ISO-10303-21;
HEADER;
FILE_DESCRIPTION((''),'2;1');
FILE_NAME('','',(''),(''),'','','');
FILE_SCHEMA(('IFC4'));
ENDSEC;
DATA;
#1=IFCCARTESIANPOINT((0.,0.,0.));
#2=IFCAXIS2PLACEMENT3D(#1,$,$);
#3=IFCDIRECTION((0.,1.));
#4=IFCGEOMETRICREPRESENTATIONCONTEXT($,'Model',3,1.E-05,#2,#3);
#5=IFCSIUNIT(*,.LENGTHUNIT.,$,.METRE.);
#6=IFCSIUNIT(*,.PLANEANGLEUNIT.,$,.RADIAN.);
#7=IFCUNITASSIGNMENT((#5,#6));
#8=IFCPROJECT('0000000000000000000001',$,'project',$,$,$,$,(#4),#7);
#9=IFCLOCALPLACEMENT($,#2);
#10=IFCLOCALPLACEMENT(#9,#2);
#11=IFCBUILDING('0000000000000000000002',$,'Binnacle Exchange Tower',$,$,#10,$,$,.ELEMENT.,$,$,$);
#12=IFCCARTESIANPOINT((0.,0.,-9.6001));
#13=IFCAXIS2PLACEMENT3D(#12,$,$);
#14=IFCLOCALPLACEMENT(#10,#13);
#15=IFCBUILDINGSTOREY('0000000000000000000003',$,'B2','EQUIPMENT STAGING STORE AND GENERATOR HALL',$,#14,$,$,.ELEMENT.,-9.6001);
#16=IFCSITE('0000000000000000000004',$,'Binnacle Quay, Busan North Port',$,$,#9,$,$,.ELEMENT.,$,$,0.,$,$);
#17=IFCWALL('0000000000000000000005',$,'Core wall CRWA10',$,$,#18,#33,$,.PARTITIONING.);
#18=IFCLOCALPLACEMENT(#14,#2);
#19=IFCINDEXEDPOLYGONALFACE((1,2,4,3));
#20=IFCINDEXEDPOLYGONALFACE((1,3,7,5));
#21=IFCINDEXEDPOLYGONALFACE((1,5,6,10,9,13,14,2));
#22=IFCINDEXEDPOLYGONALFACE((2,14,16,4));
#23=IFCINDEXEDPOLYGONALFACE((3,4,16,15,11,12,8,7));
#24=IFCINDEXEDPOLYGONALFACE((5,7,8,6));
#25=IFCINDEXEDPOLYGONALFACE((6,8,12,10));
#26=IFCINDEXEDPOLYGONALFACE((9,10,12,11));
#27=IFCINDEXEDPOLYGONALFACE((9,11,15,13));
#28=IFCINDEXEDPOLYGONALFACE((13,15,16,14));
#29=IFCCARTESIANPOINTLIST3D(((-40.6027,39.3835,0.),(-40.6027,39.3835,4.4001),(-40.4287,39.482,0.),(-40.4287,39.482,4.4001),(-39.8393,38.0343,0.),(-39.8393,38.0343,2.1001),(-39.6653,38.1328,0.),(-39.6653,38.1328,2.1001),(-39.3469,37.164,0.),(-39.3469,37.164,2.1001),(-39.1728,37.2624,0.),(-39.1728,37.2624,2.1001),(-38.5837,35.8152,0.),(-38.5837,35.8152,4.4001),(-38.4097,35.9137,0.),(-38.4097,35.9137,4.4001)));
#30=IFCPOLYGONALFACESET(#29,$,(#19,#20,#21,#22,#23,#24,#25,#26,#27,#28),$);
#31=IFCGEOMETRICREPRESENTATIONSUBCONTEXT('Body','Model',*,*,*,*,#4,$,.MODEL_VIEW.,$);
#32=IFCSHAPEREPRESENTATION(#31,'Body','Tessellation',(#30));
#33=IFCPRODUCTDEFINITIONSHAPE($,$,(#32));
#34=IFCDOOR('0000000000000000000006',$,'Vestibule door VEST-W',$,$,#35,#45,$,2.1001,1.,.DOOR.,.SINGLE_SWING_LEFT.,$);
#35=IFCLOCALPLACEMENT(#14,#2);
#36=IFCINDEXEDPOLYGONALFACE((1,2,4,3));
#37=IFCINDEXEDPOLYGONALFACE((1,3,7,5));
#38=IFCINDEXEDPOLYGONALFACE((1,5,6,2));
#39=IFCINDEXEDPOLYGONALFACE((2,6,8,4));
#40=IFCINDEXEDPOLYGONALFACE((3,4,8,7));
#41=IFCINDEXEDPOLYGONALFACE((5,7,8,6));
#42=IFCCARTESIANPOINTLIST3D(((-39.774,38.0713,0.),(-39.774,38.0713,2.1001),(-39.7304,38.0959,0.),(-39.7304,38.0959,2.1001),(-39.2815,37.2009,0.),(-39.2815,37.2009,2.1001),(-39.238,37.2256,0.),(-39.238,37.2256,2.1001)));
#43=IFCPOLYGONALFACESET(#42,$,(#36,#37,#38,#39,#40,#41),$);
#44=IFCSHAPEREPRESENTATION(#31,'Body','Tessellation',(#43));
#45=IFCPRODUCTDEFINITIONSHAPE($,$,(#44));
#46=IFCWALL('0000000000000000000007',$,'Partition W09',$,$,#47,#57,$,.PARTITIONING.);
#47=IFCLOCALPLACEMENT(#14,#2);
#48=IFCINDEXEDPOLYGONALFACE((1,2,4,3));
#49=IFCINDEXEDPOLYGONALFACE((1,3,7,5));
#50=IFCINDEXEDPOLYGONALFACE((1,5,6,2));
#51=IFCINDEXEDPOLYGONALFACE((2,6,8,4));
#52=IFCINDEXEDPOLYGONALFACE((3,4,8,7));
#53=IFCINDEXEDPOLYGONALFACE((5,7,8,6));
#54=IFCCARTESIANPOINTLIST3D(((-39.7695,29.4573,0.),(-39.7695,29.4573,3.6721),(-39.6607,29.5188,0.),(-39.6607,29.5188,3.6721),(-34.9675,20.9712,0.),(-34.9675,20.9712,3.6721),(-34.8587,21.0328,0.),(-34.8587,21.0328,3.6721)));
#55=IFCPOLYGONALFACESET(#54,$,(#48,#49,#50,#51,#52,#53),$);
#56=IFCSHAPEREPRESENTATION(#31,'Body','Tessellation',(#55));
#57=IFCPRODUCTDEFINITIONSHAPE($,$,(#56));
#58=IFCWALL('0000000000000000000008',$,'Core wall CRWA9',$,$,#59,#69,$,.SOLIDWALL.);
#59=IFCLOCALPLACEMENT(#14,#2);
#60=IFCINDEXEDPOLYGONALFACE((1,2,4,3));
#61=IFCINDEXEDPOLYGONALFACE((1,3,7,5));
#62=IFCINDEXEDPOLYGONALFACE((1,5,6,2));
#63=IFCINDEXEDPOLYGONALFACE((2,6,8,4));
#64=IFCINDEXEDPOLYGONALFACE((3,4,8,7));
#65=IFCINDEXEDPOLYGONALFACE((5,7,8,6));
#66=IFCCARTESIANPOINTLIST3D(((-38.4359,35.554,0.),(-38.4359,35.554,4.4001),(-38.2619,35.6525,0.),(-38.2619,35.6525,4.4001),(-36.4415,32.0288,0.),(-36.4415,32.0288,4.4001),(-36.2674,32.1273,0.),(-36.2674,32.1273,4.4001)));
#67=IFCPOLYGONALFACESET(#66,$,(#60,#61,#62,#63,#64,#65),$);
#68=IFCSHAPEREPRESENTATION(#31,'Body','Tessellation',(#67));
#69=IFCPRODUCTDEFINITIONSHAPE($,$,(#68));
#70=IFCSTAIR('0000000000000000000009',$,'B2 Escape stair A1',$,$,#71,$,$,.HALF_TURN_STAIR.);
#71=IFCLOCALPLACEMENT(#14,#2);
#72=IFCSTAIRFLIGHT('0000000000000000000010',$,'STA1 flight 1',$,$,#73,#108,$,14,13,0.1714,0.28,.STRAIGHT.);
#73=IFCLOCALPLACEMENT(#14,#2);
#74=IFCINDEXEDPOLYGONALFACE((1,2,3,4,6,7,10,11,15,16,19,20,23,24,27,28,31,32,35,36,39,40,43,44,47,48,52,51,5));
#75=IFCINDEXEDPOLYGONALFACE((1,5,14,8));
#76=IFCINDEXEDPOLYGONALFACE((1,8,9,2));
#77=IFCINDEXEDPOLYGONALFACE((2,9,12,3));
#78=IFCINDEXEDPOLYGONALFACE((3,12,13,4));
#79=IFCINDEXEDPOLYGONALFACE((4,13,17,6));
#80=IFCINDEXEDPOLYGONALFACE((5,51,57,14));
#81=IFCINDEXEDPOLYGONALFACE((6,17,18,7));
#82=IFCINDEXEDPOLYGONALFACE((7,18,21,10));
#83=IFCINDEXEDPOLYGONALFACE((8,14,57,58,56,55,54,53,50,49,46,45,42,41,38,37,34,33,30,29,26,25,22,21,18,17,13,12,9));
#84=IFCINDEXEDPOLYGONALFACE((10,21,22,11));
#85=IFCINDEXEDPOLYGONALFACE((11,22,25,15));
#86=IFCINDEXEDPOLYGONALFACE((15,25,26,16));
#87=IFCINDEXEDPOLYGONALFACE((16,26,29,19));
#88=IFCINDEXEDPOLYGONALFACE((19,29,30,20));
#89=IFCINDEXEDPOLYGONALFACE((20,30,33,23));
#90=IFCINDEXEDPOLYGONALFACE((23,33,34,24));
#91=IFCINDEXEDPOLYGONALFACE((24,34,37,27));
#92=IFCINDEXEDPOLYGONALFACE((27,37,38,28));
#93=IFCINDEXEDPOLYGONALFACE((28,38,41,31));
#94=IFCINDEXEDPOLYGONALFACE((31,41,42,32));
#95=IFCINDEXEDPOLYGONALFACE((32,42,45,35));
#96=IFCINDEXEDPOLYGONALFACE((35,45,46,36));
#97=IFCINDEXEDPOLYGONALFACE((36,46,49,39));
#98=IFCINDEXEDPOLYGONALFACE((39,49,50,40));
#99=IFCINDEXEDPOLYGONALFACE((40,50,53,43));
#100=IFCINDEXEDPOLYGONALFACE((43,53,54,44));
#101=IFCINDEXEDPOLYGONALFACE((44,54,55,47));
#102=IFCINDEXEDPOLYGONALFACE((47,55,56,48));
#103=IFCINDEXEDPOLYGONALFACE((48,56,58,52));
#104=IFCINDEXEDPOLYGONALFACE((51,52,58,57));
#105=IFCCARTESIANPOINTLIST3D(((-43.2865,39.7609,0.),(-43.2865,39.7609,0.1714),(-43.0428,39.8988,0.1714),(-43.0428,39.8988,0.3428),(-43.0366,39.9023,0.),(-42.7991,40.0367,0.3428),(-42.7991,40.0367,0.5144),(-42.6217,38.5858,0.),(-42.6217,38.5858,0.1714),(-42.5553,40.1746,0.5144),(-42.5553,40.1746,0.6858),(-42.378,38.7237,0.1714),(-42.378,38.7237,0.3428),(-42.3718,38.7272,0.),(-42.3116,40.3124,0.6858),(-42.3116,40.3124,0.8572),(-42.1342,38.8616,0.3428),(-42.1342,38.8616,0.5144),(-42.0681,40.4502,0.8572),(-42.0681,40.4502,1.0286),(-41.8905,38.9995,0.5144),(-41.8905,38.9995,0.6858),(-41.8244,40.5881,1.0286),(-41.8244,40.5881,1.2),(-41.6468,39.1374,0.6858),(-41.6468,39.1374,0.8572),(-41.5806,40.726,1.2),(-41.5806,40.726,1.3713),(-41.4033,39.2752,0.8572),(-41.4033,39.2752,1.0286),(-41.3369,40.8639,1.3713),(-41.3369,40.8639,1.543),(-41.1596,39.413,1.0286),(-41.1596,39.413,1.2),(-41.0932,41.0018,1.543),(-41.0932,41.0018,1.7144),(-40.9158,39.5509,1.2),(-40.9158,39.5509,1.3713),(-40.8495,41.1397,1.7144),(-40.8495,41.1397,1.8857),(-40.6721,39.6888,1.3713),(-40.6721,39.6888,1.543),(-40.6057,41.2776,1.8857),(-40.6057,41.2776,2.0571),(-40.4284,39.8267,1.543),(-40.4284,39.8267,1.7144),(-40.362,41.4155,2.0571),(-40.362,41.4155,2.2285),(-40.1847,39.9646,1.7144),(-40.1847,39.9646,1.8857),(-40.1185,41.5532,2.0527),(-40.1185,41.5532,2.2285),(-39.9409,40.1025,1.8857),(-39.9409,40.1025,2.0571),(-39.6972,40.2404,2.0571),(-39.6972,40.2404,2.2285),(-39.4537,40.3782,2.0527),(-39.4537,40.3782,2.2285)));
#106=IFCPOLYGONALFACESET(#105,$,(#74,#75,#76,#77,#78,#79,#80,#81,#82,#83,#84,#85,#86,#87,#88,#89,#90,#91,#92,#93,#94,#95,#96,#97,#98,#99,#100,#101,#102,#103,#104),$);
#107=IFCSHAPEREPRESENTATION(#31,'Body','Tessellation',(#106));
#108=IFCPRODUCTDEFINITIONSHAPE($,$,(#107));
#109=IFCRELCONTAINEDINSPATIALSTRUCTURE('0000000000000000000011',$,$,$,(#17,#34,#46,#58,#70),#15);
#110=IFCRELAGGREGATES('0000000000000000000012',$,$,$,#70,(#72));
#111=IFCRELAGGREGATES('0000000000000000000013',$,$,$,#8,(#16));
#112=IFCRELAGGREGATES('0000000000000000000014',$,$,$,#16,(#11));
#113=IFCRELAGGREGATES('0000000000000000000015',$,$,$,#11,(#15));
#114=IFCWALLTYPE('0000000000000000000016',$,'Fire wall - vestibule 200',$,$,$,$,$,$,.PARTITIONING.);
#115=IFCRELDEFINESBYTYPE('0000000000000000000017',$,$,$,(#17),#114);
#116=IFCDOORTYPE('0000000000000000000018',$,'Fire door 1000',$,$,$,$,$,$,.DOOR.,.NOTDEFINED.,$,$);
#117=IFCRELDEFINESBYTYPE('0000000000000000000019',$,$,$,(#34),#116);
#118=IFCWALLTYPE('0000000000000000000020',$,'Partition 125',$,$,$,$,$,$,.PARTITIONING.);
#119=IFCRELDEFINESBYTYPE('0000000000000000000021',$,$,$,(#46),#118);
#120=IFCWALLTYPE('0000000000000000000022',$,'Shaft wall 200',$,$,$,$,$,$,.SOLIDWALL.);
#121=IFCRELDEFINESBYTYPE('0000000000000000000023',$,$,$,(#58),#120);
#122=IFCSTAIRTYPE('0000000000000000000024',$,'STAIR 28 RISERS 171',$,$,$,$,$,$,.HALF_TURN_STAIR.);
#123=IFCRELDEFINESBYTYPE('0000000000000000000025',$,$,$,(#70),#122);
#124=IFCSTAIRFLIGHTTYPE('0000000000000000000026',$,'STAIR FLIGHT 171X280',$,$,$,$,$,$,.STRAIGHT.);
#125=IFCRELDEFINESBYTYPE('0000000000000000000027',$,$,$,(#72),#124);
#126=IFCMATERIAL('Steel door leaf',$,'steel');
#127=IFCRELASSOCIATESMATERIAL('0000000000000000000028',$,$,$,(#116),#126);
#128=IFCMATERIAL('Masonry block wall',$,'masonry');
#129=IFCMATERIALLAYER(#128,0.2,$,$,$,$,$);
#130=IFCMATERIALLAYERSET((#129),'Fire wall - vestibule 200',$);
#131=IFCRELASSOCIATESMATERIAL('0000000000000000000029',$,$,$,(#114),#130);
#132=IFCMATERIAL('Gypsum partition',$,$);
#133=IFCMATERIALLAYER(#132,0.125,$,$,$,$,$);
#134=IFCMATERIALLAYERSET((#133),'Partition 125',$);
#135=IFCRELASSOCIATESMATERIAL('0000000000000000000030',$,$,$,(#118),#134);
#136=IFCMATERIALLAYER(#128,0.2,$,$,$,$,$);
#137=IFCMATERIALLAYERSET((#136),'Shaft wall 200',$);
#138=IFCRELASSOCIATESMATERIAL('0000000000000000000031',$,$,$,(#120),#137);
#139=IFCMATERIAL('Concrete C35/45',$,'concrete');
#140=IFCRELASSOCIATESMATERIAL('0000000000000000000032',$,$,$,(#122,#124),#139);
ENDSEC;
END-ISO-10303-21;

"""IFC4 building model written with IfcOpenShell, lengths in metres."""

from ifc_helpers import new_model, si_unit, direction, frame, frame_2d, origin, place, context, subcontext, project, spatial, polyline, rectangle, outline, extrude, material, layer, layer_set, type_object, element, fill, aggregate, save


model = new_model("IFC4")

# Units and contexts
model_context = context("Model", 3, precision=1e-05, world=origin(), true_north=direction((0.0, 1.0)))
body_context = subcontext(model_context, "Body", "Model", "MODEL_VIEW")
ifc_project = project(units=[si_unit("LENGTHUNIT", "METRE"), si_unit("PLANEANGLEUNIT", "RADIAN")], contexts=[model_context])

# Site, building, storey
site_placement = place(None, origin())
site = spatial("IfcSite", under=ifc_project, at=site_placement, Name="Binnacle Quay, Busan North Port", CompositionType="ELEMENT", RefElevation=0.0)
building_placement = place(site_placement, origin())
building = spatial("IfcBuilding", under=site, at=building_placement, Name="Binnacle Exchange Tower", CompositionType="ELEMENT")
storey_placement = place(building_placement, frame((0.0, 0.0, -9.6001)))
storey = spatial("IfcBuildingStorey", under=building, at=storey_placement, Name="B2", Description="EQUIPMENT STAGING STORE AND GENERATOR HALL", CompositionType="ELEMENT", Elevation=-9.6001)

# Shared definitions
ifc_material_1 = material(Name="Steel door leaf", Category="steel")

# Shared definitions
door_type_1 = type_object("IfcDoorType", Name="Fire door 1000", OperationType="NOTDEFINED", PredefinedType="DOOR", material=ifc_material_1)

# Shared definitions
ifc_material_2 = material(Name="Masonry block wall", Category="masonry")

# Wall, opening, door
ifc_layer_1 = layer(ifc_material_2, 0.2)
ifc_layer_set_1 = layer_set([ifc_layer_1], Name="Fire wall - vestibule 200")
wall_type_1 = type_object("IfcWallType", Name="Fire wall - vestibule 200", PredefinedType="PARTITIONING", material=ifc_layer_set_1)
wall_1_placement = place(storey_placement, frame((-40.5156, 39.4326, 0.0), z_axis=(0.0, 0.0, 1.0), x_axis=(0.492454, -0.870339, 0.0)))
wall_1 = element("IfcWall", 1, at=wall_1_placement, inside=storey, type_object=wall_type_1, Name="Core wall CRWA10", PredefinedType="PARTITIONING", context=body_context, shape_type="SweptSolid", body=[
    extrude(rectangle(XDim=4.0999, YDim=0.2, at=frame_2d((2.0498, 0.0))), origin(), (0.0, 0.0, 1.0), 4.4001),
])
opening_1_placement = place(wall_1_placement, frame((1.55, 0.0, 0.0)))
opening_1 = element("IfcOpeningElement", 2, at=opening_1_placement, cuts=wall_1, PredefinedType="OPENING", context=body_context, shape_type="SweptSolid", body=[
    extrude(rectangle(XDim=1.0, YDim=2.1001, at=frame_2d((0.5, 1.05))), frame((0.0, 0.1099, 0.0), z_axis=(0.0, -1.0, 0.0), x_axis=(1.0, 0.0, 0.0)), (0.0, 0.0, 1.0), 0.22),
])
door_1_placement = place(opening_1_placement, frame((1.0, 0.0, 0.0), z_axis=(0.0, 0.0, 1.0), x_axis=(-1.0, 0.0, 0.0)))
door_1 = element("IfcDoor", 3, at=door_1_placement, inside=storey, type_object=door_type_1, Name="Vestibule door VEST-W", OperationType="SINGLE_SWING_LEFT", OverallHeight=2.1001, OverallWidth=1.0, PredefinedType="DOOR", context=body_context, shape_type="SweptSolid", body=[
    extrude(rectangle(XDim=1.0, YDim=2.1001, at=frame_2d((0.5, 1.05))), frame((0.0, 0.0249, 0.0), z_axis=(0.0, -1.0, 0.0), x_axis=(1.0, 0.0, 0.0)), (0.0, 0.0, 1.0), 0.05),
])
fill(opening_1, door_1)

# Walls
ifc_material_3 = material(Name="Gypsum partition")
ifc_layer_2 = layer(ifc_material_3, 0.125)
ifc_layer_set_2 = layer_set([ifc_layer_2], Name="Partition 125")
wall_type_2 = type_object("IfcWallType", Name="Partition 125", PredefinedType="PARTITIONING", material=ifc_layer_set_2)
wall_2_placement = place(storey_placement, frame((-39.7151, 29.488, 0.0), z_axis=(0.0, 0.0, 1.0), x_axis=(0.492486, -0.87032, 0.0)))
element("IfcWall", 4, at=wall_2_placement, inside=storey, type_object=wall_type_2, Name="Partition W09", PredefinedType="PARTITIONING", context=body_context, shape_type="SweptSolid", body=[
    extrude(rectangle(XDim=9.7505, YDim=0.125, at=frame_2d((4.8752, 0.0))), origin(), (0.0, 0.0, 1.0), 3.6721),
])
ifc_layer_3 = layer(ifc_material_2, 0.2)
ifc_layer_set_3 = layer_set([ifc_layer_3], Name="Shaft wall 200")
wall_type_3 = type_object("IfcWallType", Name="Shaft wall 200", PredefinedType="SOLIDWALL", material=ifc_layer_set_3)
wall_3_placement = place(storey_placement, frame((-38.3489, 35.6033, 0.0), z_axis=(0.0, 0.0, 1.0), x_axis=(0.492415, -0.870361, 0.0)))
element("IfcWall", 5, at=wall_3_placement, inside=storey, type_object=wall_type_3, Name="Core wall CRWA9", PredefinedType="SOLIDWALL", context=body_context, shape_type="SweptSolid", body=[
    extrude(rectangle(XDim=4.0503, YDim=0.2, at=frame_2d((2.0251, 0.0))), origin(), (0.0, 0.0, 1.0), 4.4001),
])

# Stair, stair flight
ifc_material_4 = material(Name="Concrete C35/45", Category="concrete")
stair_type = type_object("IfcStairType", Name="STAIR 28 RISERS 171", PredefinedType="HALF_TURN_STAIR", material=ifc_material_4)
stair_placement = place(storey_placement, origin())
stair = element("IfcStair", 6, at=stair_placement, inside=storey, type_object=stair_type, Name="B2 Escape stair A1", PredefinedType="HALF_TURN_STAIR")
stair_flight_type = type_object("IfcStairFlightType", Name="STAIR FLIGHT 171X280", PredefinedType="STRAIGHT", material=ifc_material_4)
stair_flight_placement = place(storey_placement, frame((-42.9541, 39.1733, 0.0), z_axis=(0.0, 0.0, 1.0), x_axis=(0.870356, 0.492424, 0.0)))
stair_flight = element("IfcStairFlight", 7, at=stair_flight_placement, type_object=stair_flight_type, Name="STA1 flight 1", NumberOfRisers=14, NumberOfTreads=13, PredefinedType="STRAIGHT", RiserHeight=0.1714, TreadLength=0.28, context=body_context, shape_type="SweptSolid", body=[
    extrude(outline(polyline([(0.0, 0.0), (0.0, 0.1714), (0.28, 0.1714), (0.28, 0.3428), (0.5601, 0.3428), (0.5601, 0.5144), (0.8401, 0.5144), (0.8401, 0.6858), (1.1201, 0.6858), (1.1201, 0.8572), (1.3999, 0.8572), (1.3999, 1.0286), (1.6799, 1.0286), (1.6799, 1.2), (1.96, 1.2), (1.96, 1.3713), (2.24, 1.3713), (2.24, 1.543), (2.52, 1.543), (2.52, 1.7144), (2.8, 1.7144), (2.8, 1.8857), (3.0801, 1.8857), (3.0801, 2.0571), (3.3601, 2.0571), (3.3601, 2.2285), (3.6399, 2.2285), (3.6399, 2.3999), (3.6399, 2.0527), (0.2871, 0.0), (0.0, 0.0)])), frame((0.0, 0.675, 0.0), z_axis=(0.0, -1.0, 0.0), x_axis=(1.0, 0.0, 0.0)), (0.0, 0.0, 1.0), 1.3501),
])
aggregate(stair, [stair_flight])

save(model, "model.ifc")
